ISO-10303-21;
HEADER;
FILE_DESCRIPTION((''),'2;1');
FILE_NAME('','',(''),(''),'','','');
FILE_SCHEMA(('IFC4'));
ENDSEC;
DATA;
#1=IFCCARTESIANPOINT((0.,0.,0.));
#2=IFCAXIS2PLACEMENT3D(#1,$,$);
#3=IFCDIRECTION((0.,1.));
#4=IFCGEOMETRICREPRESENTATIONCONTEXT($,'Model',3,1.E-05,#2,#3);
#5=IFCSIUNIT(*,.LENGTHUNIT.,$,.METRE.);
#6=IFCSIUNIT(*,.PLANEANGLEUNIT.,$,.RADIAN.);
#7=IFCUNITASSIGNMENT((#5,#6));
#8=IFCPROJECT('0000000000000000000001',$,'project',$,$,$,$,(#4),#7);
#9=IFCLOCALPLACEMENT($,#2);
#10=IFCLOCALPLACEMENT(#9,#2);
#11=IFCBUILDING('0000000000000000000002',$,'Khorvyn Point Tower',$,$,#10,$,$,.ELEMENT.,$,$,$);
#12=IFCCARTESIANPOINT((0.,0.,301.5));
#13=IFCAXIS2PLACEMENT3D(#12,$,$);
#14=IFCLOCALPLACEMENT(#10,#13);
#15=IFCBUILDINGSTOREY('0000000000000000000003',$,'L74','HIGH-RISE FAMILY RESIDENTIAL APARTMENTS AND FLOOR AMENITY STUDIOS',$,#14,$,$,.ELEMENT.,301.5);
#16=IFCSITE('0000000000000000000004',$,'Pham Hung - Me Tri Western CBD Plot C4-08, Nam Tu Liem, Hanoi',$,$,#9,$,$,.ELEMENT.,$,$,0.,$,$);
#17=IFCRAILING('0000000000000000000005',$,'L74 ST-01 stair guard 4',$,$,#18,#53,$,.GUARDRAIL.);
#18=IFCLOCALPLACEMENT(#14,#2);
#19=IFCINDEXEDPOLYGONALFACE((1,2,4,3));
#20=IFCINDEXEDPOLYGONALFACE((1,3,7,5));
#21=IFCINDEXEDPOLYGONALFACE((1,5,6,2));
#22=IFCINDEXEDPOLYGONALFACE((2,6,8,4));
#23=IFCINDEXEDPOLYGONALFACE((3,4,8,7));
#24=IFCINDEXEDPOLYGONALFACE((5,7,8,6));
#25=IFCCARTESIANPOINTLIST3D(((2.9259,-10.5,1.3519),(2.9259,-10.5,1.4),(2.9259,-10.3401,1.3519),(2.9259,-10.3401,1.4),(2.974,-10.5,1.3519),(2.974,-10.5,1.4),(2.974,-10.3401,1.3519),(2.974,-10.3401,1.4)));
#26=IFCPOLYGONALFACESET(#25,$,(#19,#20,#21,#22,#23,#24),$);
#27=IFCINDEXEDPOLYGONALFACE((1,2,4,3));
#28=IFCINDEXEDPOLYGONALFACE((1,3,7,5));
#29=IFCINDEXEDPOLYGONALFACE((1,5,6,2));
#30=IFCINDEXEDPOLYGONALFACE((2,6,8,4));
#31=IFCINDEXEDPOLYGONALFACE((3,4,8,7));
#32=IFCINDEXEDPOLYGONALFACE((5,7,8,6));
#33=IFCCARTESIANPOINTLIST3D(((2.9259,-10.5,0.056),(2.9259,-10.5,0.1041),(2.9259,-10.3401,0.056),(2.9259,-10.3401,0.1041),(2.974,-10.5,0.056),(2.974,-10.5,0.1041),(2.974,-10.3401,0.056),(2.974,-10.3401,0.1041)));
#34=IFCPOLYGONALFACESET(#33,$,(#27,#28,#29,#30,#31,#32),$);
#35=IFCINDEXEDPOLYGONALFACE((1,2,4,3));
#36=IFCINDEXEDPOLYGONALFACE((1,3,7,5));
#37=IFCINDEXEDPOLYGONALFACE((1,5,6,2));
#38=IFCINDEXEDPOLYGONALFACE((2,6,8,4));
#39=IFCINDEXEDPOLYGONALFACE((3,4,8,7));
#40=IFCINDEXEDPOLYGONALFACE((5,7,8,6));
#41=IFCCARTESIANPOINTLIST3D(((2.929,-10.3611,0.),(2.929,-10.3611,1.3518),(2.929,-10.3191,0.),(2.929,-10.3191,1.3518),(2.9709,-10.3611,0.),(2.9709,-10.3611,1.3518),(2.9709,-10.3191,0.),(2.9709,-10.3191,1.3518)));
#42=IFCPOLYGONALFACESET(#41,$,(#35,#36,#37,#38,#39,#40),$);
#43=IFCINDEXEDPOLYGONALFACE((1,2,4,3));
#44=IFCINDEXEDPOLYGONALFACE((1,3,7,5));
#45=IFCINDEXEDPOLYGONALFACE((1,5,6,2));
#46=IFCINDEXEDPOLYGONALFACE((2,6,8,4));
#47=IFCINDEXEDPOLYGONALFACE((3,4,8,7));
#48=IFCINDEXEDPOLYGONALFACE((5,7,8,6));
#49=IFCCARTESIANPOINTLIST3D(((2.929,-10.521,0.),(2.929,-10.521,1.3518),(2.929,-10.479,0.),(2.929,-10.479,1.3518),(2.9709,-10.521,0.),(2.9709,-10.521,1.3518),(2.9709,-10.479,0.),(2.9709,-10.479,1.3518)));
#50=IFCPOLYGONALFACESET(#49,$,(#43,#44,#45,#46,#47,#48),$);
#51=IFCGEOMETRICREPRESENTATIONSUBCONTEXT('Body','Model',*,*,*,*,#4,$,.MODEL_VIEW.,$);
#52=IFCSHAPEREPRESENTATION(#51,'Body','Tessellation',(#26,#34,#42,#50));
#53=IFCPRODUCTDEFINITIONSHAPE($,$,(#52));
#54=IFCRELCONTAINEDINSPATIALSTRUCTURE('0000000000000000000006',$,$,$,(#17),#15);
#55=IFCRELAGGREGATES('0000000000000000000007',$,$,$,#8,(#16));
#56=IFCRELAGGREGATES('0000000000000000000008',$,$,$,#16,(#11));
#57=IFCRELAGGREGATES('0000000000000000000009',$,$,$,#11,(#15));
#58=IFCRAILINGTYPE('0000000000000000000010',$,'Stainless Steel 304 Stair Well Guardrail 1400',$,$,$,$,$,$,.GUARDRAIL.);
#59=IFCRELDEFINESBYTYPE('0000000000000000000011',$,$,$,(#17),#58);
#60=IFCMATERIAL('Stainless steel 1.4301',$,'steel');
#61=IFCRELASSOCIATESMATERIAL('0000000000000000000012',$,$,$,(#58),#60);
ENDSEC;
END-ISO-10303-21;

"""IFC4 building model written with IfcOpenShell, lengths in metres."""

from ifc_helpers import new_model, si_unit, direction, frame, origin, origin_2d, place, context, subcontext, project, spatial, rectangle, extrude, material, type_object, element, save


model = new_model("IFC4")

# Units and contexts
model_context = context("Model", 3, precision=1e-05, world=origin(), true_north=direction((0.0, 1.0)))
body_context = subcontext(model_context, "Body", "Model", "MODEL_VIEW")
ifc_project = project(units=[si_unit("LENGTHUNIT", "METRE"), si_unit("PLANEANGLEUNIT", "RADIAN")], contexts=[model_context])

# Site, building, storey
site_placement = place(None, origin())
site = spatial("IfcSite", under=ifc_project, at=site_placement, Name="Pham Hung - Me Tri Western CBD Plot C4-08, Nam Tu Liem, Hanoi", CompositionType="ELEMENT", RefElevation=0.0)
building_placement = place(site_placement, origin())
building = spatial("IfcBuilding", under=site, at=building_placement, Name="Khorvyn Point Tower", CompositionType="ELEMENT")
storey_placement = place(building_placement, frame((0.0, 0.0, 301.5)))
storey = spatial("IfcBuildingStorey", under=building, at=storey_placement, Name="L74", Description="HIGH-RISE FAMILY RESIDENTIAL APARTMENTS AND FLOOR AMENITY STUDIOS", CompositionType="ELEMENT", Elevation=301.5)

# Shared definitions
ifc_material_1 = material(Name="Stainless steel 1.4301", Category="steel")

# Railing
railing_type_1 = type_object("IfcRailingType", Name="Stainless Steel 304 Stair Well Guardrail 1400", PredefinedType="GUARDRAIL", material=ifc_material_1)
railing_1_placement = place(storey_placement, frame((2.95, -10.3401, 0.0)))
element("IfcRailing", 1, at=railing_1_placement, inside=storey, type_object=railing_type_1, Name="L74 ST-01 stair guard 4", PredefinedType="GUARDRAIL", context=body_context, shape_type="SweptSolid", body=[
    extrude(rectangle(XDim=0.0481, YDim=0.0481, at=origin_2d()), frame((0.0, 0.0, 1.376), z_axis=(0.0, -1.0, 0.0), x_axis=(1.0, 0.0, 0.0)), (0.0, 0.0, 1.0), 0.1599),
    extrude(rectangle(XDim=0.0481, YDim=0.0481, at=origin_2d()), frame((0.0, 0.0, 0.0801), z_axis=(0.0, -1.0, 0.0), x_axis=(1.0, 0.0, 0.0)), (0.0, 0.0, 1.0), 0.1599),
    extrude(rectangle(XDim=0.042, YDim=0.042, at=origin_2d()), origin(), (0.0, 0.0, 1.0), 1.3518),
    extrude(rectangle(XDim=0.042, YDim=0.042, at=origin_2d()), frame((0.0, -0.1599, 0.0)), (0.0, 0.0, 1.0), 1.3518),
])

save(model, "model.ifc")
